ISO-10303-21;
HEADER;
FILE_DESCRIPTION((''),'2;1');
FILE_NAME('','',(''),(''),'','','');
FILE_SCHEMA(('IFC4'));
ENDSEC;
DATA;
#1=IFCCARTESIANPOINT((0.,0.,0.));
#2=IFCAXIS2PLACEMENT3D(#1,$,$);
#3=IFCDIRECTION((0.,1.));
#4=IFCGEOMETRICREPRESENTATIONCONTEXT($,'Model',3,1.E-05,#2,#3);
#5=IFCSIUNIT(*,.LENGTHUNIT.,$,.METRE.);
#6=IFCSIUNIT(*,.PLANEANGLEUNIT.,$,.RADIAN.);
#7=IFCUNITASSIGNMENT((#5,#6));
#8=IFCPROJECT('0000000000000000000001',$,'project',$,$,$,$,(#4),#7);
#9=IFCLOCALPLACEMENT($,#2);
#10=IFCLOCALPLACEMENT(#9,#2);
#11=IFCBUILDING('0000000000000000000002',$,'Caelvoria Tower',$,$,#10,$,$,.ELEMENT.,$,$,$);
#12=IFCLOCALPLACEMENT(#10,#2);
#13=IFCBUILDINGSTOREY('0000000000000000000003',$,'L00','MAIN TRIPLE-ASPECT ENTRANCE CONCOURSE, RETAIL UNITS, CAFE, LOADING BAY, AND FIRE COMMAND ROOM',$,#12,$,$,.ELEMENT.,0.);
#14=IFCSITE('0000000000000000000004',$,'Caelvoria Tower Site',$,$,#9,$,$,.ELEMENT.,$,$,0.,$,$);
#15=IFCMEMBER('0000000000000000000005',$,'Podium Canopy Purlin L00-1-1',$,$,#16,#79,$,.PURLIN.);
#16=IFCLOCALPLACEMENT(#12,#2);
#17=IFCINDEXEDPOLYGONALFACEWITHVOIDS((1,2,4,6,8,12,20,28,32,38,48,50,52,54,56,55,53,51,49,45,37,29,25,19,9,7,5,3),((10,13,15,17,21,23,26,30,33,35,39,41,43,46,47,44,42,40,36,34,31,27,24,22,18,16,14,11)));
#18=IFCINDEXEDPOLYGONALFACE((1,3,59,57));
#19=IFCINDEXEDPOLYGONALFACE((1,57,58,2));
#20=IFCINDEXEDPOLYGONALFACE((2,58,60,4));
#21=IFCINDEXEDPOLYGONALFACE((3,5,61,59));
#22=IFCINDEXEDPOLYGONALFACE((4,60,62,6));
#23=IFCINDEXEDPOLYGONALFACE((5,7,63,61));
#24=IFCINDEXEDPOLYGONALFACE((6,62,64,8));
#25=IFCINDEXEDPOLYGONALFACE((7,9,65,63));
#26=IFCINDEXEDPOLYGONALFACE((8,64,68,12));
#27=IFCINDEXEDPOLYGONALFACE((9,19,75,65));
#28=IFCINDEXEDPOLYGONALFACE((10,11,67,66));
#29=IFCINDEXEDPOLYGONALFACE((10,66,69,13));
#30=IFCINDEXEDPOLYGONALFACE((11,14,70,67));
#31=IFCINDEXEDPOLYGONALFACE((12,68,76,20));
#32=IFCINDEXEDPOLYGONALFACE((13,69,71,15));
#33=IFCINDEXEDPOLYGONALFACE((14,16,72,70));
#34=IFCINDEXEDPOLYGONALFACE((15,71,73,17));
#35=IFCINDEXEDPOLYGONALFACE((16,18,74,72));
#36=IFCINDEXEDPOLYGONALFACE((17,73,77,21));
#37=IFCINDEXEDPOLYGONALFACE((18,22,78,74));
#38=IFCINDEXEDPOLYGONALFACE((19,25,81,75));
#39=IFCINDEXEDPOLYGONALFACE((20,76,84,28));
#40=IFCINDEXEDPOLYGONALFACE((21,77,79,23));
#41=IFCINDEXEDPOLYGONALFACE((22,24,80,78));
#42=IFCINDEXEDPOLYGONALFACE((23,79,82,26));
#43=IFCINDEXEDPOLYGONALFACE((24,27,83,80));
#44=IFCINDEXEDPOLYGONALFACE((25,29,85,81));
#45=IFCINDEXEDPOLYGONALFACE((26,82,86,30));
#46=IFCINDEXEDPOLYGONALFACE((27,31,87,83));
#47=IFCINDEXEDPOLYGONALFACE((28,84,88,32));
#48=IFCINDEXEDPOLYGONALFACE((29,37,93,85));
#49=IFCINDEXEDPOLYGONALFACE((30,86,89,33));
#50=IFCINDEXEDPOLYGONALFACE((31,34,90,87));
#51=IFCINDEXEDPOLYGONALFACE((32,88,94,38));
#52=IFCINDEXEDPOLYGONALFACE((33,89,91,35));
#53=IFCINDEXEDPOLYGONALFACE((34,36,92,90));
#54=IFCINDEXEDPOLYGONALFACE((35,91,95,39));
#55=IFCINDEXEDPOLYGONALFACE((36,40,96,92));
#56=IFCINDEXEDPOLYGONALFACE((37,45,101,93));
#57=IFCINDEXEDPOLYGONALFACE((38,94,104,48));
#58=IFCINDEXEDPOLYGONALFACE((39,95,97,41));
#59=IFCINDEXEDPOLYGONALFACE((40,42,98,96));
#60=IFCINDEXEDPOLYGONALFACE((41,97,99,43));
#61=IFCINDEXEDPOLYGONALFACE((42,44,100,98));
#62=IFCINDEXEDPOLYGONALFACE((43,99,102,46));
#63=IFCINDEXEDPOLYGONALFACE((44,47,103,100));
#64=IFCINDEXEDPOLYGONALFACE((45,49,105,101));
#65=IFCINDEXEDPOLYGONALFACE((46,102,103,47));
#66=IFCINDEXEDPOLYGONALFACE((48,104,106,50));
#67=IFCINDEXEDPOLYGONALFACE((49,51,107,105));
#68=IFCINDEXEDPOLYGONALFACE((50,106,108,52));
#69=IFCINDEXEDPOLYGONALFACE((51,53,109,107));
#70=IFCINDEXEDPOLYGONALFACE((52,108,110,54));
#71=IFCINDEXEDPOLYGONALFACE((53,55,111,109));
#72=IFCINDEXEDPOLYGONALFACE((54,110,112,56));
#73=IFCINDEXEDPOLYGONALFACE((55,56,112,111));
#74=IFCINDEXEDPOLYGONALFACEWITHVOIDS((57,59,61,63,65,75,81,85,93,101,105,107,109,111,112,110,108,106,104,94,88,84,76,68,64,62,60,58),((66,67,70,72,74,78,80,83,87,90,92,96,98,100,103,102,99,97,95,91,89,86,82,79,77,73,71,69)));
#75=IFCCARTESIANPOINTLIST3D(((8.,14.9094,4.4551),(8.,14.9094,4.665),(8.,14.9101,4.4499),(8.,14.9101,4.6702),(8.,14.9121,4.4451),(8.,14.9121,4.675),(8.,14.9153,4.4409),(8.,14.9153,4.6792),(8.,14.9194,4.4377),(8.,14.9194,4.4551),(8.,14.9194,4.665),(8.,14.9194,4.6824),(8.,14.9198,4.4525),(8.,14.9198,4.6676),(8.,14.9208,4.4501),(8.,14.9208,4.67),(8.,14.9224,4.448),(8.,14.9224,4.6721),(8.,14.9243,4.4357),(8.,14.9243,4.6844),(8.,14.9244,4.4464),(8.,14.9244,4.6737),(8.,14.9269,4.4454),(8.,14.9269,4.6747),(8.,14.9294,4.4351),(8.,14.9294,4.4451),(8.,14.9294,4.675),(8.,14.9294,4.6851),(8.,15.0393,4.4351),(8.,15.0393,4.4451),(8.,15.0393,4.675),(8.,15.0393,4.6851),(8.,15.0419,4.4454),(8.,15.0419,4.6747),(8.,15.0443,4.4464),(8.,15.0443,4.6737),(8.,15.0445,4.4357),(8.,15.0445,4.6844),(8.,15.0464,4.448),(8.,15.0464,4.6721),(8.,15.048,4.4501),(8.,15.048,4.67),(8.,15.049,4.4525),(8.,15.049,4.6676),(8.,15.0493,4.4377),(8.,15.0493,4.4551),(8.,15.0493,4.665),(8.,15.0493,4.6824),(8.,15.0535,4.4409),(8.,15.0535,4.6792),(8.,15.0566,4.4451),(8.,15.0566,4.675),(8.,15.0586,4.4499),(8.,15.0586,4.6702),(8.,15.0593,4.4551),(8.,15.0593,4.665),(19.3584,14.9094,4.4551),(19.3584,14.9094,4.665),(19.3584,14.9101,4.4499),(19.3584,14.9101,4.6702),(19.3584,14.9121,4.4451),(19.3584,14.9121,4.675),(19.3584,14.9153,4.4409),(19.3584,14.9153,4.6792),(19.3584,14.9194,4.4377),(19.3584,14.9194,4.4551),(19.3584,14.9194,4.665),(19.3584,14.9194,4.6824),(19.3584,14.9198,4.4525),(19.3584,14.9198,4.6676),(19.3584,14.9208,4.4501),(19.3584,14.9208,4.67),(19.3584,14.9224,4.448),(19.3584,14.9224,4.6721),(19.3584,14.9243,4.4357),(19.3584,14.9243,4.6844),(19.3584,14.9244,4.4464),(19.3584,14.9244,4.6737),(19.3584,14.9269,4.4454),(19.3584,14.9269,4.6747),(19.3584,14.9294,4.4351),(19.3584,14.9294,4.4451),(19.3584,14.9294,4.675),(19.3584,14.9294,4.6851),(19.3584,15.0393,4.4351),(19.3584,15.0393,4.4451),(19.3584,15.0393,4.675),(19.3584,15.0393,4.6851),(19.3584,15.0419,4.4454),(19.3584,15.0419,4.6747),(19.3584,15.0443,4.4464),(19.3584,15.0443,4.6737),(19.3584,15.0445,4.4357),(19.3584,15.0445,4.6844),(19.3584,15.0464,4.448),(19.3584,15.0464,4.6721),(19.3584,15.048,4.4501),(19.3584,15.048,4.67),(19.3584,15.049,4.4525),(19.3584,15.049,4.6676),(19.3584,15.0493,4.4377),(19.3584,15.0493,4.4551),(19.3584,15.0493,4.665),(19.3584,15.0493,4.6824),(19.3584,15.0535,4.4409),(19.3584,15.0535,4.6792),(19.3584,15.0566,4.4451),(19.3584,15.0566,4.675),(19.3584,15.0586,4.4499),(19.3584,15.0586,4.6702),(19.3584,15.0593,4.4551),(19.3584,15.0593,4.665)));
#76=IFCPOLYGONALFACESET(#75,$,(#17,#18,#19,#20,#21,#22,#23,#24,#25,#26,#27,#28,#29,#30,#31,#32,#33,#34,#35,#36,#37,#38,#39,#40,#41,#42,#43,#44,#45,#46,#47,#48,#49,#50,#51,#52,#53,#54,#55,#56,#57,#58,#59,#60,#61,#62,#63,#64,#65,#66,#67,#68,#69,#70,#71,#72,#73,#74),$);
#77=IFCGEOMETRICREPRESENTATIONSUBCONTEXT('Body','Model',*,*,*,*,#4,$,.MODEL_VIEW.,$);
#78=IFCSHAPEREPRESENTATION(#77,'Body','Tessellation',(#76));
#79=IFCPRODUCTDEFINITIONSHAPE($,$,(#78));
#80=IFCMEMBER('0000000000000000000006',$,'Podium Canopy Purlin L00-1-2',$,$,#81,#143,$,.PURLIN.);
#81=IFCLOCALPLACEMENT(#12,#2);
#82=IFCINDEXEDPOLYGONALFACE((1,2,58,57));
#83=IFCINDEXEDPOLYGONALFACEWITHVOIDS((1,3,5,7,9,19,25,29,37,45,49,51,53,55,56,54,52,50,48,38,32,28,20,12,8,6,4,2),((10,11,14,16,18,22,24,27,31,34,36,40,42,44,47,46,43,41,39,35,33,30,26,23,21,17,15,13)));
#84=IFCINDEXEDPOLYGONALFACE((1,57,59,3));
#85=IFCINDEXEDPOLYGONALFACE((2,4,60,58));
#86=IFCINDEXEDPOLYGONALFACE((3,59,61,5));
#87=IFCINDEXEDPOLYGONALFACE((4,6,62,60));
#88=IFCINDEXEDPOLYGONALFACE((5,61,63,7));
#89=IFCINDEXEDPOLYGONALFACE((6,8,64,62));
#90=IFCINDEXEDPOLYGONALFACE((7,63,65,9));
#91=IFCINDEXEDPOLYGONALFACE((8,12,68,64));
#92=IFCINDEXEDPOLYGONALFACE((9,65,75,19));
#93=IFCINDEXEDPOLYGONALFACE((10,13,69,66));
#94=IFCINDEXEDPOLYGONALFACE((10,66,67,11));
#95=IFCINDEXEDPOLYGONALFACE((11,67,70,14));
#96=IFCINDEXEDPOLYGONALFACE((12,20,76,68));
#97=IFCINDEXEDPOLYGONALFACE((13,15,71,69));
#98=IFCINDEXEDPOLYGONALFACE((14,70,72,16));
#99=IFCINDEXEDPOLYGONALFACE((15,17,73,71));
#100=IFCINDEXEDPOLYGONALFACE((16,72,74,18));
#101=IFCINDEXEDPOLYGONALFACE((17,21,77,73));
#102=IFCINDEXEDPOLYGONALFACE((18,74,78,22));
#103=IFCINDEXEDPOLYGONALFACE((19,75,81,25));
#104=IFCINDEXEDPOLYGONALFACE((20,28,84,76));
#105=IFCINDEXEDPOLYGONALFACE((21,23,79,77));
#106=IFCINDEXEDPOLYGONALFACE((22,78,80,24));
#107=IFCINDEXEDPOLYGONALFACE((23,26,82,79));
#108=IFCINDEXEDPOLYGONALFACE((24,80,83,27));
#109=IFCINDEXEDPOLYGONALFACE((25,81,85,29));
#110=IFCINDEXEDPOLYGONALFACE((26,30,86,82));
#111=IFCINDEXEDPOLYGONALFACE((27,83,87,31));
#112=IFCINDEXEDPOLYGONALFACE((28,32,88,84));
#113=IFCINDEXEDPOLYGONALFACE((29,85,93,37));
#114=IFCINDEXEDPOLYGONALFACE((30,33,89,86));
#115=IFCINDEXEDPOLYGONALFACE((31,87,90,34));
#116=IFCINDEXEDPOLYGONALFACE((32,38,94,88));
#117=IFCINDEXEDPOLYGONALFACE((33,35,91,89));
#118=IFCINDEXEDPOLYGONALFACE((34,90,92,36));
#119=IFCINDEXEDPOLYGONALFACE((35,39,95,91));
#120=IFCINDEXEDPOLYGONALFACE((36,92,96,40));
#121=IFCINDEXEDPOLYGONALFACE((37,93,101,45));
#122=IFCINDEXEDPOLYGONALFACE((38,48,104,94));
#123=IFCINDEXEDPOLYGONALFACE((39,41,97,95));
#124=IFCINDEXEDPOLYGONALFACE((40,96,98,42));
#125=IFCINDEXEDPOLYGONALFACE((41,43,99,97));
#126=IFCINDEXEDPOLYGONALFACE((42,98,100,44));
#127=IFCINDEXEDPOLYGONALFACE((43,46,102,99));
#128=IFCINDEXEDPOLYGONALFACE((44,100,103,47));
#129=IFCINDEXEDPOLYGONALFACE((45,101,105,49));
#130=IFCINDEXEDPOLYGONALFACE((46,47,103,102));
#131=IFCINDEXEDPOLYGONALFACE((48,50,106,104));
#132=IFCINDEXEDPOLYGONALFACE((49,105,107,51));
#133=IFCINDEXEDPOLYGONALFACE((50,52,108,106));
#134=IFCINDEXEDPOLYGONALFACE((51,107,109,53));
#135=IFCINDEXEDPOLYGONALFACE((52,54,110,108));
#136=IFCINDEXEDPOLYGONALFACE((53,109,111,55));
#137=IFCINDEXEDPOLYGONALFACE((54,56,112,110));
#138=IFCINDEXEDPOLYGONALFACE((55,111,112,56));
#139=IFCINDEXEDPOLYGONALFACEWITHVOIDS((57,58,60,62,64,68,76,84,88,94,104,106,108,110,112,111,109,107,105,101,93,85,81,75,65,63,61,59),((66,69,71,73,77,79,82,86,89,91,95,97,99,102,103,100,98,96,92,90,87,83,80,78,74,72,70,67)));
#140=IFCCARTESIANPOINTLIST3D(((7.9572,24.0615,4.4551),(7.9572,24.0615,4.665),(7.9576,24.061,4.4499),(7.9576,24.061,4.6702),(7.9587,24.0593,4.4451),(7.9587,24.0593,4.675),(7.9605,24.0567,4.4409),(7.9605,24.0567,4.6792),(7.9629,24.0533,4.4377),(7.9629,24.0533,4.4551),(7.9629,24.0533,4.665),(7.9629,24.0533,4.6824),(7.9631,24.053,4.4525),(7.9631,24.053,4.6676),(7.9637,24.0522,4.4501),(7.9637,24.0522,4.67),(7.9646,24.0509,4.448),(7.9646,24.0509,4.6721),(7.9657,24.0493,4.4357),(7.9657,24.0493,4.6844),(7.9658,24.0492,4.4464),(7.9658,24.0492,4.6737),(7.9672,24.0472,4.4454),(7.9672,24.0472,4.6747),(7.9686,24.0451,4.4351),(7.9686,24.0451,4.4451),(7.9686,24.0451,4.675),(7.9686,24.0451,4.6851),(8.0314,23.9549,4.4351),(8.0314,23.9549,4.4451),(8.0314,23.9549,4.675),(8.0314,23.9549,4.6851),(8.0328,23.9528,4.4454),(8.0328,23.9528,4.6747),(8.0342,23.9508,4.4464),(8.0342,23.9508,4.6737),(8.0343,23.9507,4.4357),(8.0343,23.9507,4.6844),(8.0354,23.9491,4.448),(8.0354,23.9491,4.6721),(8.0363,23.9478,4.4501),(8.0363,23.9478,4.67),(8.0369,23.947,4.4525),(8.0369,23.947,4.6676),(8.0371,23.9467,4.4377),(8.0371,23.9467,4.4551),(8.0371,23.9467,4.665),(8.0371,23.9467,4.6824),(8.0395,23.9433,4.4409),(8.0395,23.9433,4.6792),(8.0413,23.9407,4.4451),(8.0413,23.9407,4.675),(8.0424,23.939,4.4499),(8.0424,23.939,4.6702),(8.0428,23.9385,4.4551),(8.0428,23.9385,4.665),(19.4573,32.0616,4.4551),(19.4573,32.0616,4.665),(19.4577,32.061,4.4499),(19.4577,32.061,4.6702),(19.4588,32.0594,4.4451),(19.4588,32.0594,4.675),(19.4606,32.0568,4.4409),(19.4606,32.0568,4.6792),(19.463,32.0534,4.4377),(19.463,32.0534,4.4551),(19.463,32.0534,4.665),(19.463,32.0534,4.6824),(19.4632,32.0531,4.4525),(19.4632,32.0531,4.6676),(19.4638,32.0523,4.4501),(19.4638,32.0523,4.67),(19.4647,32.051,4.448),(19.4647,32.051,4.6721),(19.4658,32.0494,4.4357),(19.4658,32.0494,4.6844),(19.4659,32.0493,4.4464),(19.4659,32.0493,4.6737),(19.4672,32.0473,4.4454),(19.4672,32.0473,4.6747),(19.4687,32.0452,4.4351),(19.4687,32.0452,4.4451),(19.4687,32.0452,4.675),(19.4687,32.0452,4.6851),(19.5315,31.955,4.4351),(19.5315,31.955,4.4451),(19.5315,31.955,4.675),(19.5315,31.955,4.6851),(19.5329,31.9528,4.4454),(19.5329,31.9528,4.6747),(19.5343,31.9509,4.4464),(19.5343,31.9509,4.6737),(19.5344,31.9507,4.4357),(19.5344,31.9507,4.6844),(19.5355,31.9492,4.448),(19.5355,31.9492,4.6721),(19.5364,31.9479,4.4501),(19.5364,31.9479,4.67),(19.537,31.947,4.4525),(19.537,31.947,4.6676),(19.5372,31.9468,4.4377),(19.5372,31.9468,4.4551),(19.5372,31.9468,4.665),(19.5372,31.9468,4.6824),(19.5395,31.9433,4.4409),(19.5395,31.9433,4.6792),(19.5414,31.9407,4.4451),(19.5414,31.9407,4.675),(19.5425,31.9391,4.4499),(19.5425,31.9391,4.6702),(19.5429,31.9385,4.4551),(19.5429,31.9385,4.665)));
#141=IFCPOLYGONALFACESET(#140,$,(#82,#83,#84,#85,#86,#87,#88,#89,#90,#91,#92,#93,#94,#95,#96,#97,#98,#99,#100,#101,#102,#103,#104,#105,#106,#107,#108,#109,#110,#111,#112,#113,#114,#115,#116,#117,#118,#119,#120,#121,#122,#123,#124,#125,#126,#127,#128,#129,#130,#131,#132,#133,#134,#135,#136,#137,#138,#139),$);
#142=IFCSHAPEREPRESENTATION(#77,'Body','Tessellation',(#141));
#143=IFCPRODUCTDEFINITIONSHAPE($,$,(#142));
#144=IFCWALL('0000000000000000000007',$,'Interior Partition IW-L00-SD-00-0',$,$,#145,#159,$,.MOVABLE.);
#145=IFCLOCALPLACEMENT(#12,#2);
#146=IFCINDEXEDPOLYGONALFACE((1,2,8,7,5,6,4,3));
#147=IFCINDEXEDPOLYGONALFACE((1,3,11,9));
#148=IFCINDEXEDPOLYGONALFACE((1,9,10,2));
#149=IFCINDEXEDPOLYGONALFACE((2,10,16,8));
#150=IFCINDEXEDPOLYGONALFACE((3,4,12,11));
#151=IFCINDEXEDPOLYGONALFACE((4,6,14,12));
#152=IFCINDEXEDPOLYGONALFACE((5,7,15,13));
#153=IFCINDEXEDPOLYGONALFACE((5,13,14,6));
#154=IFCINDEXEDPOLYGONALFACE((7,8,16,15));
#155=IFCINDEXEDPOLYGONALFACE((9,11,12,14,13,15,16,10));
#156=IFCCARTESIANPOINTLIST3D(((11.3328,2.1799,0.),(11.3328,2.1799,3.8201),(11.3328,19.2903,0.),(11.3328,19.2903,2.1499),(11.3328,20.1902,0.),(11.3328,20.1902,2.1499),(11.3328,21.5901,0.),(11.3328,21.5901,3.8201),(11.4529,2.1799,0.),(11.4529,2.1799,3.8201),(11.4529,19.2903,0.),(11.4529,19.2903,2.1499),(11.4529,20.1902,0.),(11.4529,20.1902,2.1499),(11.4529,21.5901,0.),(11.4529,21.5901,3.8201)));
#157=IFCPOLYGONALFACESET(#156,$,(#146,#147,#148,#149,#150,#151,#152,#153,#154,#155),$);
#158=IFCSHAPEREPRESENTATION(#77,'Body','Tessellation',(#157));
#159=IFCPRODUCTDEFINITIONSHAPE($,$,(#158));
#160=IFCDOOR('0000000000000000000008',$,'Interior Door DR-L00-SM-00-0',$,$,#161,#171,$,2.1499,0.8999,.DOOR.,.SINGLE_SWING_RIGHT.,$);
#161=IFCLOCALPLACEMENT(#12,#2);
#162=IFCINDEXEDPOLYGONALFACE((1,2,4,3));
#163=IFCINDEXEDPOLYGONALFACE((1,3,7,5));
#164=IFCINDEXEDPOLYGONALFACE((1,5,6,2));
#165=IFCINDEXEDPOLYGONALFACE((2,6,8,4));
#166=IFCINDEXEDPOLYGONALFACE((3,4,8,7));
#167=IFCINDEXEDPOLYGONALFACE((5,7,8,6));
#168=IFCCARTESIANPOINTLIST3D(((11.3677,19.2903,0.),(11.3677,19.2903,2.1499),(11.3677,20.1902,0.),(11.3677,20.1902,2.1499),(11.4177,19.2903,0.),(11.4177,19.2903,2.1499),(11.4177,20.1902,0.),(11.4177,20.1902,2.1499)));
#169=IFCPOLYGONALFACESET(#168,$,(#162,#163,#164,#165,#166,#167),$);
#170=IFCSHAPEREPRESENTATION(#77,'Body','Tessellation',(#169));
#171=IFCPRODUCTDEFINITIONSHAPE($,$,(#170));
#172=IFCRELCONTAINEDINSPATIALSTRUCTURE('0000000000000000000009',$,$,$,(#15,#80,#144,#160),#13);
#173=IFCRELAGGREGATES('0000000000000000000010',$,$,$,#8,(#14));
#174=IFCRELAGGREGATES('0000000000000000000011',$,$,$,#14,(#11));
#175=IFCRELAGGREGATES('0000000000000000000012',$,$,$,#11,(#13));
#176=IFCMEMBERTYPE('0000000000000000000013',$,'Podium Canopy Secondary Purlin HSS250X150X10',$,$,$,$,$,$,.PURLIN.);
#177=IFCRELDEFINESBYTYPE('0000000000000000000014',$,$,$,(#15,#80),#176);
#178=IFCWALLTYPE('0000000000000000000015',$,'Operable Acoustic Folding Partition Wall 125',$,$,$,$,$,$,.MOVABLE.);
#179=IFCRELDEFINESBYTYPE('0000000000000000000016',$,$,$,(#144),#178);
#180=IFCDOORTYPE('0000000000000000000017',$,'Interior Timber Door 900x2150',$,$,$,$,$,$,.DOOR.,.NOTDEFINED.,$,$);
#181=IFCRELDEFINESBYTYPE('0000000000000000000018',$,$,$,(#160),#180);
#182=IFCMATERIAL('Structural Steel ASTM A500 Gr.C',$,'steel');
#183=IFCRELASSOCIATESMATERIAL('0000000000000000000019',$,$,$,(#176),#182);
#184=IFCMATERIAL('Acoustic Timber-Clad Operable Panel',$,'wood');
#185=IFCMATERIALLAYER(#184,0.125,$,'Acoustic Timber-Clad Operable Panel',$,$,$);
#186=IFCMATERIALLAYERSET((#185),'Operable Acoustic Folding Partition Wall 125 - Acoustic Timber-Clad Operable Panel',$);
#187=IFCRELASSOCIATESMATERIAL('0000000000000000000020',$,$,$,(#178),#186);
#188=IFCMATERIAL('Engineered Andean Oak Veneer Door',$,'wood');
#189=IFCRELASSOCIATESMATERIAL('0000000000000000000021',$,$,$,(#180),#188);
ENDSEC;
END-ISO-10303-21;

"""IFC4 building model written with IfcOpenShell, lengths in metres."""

from ifc_helpers import new_model, si_unit, direction, frame, frame_2d, origin, origin_2d, place, context, subcontext, project, spatial, rectangle, hollow_rectangle, extrude, material, layer, layer_set, material_profile, profile_set, type_object, element, fill, save


model = new_model("IFC4")

# Units and contexts
model_context = context("Model", 3, precision=1e-05, world=origin(), true_north=direction((0.0, 1.0)))
body_context = subcontext(model_context, "Body", "Model", "MODEL_VIEW")
ifc_project = project(units=[si_unit("LENGTHUNIT", "METRE"), si_unit("PLANEANGLEUNIT", "RADIAN")], contexts=[model_context])

# Site, building, storey
site_placement = place(None, origin())
site = spatial("IfcSite", under=ifc_project, at=site_placement, Name="Caelvoria Tower Site", CompositionType="ELEMENT", RefElevation=0.0)
building_placement = place(site_placement, origin())
building = spatial("IfcBuilding", under=site, at=building_placement, Name="Caelvoria Tower", CompositionType="ELEMENT")
storey_placement = place(building_placement, origin())
storey = spatial("IfcBuildingStorey", under=building, at=storey_placement, Name="L00", Description="MAIN TRIPLE-ASPECT ENTRANCE CONCOURSE, RETAIL UNITS, CAFE, LOADING BAY, AND FIRE COMMAND ROOM", CompositionType="ELEMENT", Elevation=0.0)

# Members
ifc_material_1 = material(Name="Structural Steel ASTM A500 Gr.C", Category="steel")
ifc_material_profile_1 = material_profile(ifc_material_1, hollow_rectangle(XDim=0.1499, YDim=0.25, WallThickness=0.01, InnerFilletRadius=0.01, OuterFilletRadius=0.02, at=origin_2d()), Name="Structural Steel ASTM A500 Gr.C")
ifc_profile_set_1 = profile_set([ifc_material_profile_1], Name="HSS250X150X10 - Structural Steel ASTM A500 Gr.C")
member_type = type_object("IfcMemberType", Name="Podium Canopy Secondary Purlin HSS250X150X10", PredefinedType="PURLIN", material=ifc_profile_set_1)
member_1_placement = place(storey_placement, frame((8.0, 14.9844, 4.5601), z_axis=(1.0, 0.0, 0.0), x_axis=(0.0, 1.0, 0.0)))
element("IfcMember", 1, at=member_1_placement, inside=storey, type_object=member_type, Name="Podium Canopy Purlin L00-1-1", PredefinedType="PURLIN", context=body_context, shape_type="SweptSolid", body=[
    extrude(hollow_rectangle(XDim=0.1499, YDim=0.25, WallThickness=0.01, InnerFilletRadius=0.01, OuterFilletRadius=0.02, at=origin_2d()), origin(), (0.0, 0.0, 1.0), 11.3584),
])
member_2_placement = place(storey_placement, frame((8.0, 24.0, 4.5601), z_axis=(0.820905, 0.571064, 0.0), x_axis=(-0.571064, 0.820905, 0.0)))
element("IfcMember", 2, at=member_2_placement, inside=storey, type_object=member_type, Name="Podium Canopy Purlin L00-1-2", PredefinedType="PURLIN", context=body_context, shape_type="SweptSolid", body=[
    extrude(hollow_rectangle(XDim=0.1499, YDim=0.25, WallThickness=0.01, InnerFilletRadius=0.01, OuterFilletRadius=0.02, at=origin_2d()), origin(), (0.0, 0.0, 1.0), 14.009),
])

# Wall, opening, door
ifc_material_2 = material(Name="Acoustic Timber-Clad Operable Panel", Category="wood")
ifc_layer = layer(ifc_material_2, 0.125, Name="Acoustic Timber-Clad Operable Panel")
ifc_layer_set = layer_set([ifc_layer], Name="Operable Acoustic Folding Partition Wall 125 - Acoustic Timber-Clad Operable Panel")
wall_type = type_object("IfcWallType", Name="Operable Acoustic Folding Partition Wall 125", PredefinedType="MOVABLE", material=ifc_layer_set)
wall_placement = place(storey_placement, frame((11.3928, 21.5901, 0.0), z_axis=(0.0, 0.0, 1.0), x_axis=(0.0, -1.0, 0.0)))
wall = element("IfcWall", 3, at=wall_placement, inside=storey, type_object=wall_type, Name="Interior Partition IW-L00-SD-00-0", PredefinedType="MOVABLE", context=body_context, shape_type="SweptSolid", body=[
    extrude(rectangle(XDim=19.4102, YDim=0.1201, at=frame_2d((9.7051, 0.0))), origin(), (0.0, 0.0, 1.0), 3.8201),
])
opening_placement = place(wall_placement, frame((1.3999, 0.0, 0.0)))
opening = element("IfcOpeningElement", 4, at=opening_placement, cuts=wall, PredefinedType="OPENING", context=body_context, shape_type="SweptSolid", body=[
    extrude(rectangle(XDim=0.8999, YDim=2.1499, at=frame_2d((0.45, 1.075))), frame((0.0, 0.0701, 0.0), z_axis=(0.0, -1.0, 0.0), x_axis=(1.0, 0.0, 0.0)), (0.0, 0.0, 1.0), 0.1401),
])
ifc_material_3 = material(Name="Engineered Andean Oak Veneer Door", Category="wood")
door_type = type_object("IfcDoorType", Name="Interior Timber Door 900x2150", OperationType="NOTDEFINED", PredefinedType="DOOR", material=ifc_material_3)
door_placement = place(opening_placement, origin())
door = element("IfcDoor", 5, at=door_placement, inside=storey, type_object=door_type, Name="Interior Door DR-L00-SM-00-0", OperationType="SINGLE_SWING_RIGHT", OverallHeight=2.1499, OverallWidth=0.8999, PredefinedType="DOOR", context=body_context, shape_type="SweptSolid", body=[
    extrude(rectangle(XDim=0.8999, YDim=2.1499, at=frame_2d((0.45, 1.075))), frame((0.0, 0.0249, 0.0), z_axis=(0.0, -1.0, 0.0), x_axis=(1.0, 0.0, 0.0)), (0.0, 0.0, 1.0), 0.05),
])
fill(opening, door)

save(model, "model.ifc")
